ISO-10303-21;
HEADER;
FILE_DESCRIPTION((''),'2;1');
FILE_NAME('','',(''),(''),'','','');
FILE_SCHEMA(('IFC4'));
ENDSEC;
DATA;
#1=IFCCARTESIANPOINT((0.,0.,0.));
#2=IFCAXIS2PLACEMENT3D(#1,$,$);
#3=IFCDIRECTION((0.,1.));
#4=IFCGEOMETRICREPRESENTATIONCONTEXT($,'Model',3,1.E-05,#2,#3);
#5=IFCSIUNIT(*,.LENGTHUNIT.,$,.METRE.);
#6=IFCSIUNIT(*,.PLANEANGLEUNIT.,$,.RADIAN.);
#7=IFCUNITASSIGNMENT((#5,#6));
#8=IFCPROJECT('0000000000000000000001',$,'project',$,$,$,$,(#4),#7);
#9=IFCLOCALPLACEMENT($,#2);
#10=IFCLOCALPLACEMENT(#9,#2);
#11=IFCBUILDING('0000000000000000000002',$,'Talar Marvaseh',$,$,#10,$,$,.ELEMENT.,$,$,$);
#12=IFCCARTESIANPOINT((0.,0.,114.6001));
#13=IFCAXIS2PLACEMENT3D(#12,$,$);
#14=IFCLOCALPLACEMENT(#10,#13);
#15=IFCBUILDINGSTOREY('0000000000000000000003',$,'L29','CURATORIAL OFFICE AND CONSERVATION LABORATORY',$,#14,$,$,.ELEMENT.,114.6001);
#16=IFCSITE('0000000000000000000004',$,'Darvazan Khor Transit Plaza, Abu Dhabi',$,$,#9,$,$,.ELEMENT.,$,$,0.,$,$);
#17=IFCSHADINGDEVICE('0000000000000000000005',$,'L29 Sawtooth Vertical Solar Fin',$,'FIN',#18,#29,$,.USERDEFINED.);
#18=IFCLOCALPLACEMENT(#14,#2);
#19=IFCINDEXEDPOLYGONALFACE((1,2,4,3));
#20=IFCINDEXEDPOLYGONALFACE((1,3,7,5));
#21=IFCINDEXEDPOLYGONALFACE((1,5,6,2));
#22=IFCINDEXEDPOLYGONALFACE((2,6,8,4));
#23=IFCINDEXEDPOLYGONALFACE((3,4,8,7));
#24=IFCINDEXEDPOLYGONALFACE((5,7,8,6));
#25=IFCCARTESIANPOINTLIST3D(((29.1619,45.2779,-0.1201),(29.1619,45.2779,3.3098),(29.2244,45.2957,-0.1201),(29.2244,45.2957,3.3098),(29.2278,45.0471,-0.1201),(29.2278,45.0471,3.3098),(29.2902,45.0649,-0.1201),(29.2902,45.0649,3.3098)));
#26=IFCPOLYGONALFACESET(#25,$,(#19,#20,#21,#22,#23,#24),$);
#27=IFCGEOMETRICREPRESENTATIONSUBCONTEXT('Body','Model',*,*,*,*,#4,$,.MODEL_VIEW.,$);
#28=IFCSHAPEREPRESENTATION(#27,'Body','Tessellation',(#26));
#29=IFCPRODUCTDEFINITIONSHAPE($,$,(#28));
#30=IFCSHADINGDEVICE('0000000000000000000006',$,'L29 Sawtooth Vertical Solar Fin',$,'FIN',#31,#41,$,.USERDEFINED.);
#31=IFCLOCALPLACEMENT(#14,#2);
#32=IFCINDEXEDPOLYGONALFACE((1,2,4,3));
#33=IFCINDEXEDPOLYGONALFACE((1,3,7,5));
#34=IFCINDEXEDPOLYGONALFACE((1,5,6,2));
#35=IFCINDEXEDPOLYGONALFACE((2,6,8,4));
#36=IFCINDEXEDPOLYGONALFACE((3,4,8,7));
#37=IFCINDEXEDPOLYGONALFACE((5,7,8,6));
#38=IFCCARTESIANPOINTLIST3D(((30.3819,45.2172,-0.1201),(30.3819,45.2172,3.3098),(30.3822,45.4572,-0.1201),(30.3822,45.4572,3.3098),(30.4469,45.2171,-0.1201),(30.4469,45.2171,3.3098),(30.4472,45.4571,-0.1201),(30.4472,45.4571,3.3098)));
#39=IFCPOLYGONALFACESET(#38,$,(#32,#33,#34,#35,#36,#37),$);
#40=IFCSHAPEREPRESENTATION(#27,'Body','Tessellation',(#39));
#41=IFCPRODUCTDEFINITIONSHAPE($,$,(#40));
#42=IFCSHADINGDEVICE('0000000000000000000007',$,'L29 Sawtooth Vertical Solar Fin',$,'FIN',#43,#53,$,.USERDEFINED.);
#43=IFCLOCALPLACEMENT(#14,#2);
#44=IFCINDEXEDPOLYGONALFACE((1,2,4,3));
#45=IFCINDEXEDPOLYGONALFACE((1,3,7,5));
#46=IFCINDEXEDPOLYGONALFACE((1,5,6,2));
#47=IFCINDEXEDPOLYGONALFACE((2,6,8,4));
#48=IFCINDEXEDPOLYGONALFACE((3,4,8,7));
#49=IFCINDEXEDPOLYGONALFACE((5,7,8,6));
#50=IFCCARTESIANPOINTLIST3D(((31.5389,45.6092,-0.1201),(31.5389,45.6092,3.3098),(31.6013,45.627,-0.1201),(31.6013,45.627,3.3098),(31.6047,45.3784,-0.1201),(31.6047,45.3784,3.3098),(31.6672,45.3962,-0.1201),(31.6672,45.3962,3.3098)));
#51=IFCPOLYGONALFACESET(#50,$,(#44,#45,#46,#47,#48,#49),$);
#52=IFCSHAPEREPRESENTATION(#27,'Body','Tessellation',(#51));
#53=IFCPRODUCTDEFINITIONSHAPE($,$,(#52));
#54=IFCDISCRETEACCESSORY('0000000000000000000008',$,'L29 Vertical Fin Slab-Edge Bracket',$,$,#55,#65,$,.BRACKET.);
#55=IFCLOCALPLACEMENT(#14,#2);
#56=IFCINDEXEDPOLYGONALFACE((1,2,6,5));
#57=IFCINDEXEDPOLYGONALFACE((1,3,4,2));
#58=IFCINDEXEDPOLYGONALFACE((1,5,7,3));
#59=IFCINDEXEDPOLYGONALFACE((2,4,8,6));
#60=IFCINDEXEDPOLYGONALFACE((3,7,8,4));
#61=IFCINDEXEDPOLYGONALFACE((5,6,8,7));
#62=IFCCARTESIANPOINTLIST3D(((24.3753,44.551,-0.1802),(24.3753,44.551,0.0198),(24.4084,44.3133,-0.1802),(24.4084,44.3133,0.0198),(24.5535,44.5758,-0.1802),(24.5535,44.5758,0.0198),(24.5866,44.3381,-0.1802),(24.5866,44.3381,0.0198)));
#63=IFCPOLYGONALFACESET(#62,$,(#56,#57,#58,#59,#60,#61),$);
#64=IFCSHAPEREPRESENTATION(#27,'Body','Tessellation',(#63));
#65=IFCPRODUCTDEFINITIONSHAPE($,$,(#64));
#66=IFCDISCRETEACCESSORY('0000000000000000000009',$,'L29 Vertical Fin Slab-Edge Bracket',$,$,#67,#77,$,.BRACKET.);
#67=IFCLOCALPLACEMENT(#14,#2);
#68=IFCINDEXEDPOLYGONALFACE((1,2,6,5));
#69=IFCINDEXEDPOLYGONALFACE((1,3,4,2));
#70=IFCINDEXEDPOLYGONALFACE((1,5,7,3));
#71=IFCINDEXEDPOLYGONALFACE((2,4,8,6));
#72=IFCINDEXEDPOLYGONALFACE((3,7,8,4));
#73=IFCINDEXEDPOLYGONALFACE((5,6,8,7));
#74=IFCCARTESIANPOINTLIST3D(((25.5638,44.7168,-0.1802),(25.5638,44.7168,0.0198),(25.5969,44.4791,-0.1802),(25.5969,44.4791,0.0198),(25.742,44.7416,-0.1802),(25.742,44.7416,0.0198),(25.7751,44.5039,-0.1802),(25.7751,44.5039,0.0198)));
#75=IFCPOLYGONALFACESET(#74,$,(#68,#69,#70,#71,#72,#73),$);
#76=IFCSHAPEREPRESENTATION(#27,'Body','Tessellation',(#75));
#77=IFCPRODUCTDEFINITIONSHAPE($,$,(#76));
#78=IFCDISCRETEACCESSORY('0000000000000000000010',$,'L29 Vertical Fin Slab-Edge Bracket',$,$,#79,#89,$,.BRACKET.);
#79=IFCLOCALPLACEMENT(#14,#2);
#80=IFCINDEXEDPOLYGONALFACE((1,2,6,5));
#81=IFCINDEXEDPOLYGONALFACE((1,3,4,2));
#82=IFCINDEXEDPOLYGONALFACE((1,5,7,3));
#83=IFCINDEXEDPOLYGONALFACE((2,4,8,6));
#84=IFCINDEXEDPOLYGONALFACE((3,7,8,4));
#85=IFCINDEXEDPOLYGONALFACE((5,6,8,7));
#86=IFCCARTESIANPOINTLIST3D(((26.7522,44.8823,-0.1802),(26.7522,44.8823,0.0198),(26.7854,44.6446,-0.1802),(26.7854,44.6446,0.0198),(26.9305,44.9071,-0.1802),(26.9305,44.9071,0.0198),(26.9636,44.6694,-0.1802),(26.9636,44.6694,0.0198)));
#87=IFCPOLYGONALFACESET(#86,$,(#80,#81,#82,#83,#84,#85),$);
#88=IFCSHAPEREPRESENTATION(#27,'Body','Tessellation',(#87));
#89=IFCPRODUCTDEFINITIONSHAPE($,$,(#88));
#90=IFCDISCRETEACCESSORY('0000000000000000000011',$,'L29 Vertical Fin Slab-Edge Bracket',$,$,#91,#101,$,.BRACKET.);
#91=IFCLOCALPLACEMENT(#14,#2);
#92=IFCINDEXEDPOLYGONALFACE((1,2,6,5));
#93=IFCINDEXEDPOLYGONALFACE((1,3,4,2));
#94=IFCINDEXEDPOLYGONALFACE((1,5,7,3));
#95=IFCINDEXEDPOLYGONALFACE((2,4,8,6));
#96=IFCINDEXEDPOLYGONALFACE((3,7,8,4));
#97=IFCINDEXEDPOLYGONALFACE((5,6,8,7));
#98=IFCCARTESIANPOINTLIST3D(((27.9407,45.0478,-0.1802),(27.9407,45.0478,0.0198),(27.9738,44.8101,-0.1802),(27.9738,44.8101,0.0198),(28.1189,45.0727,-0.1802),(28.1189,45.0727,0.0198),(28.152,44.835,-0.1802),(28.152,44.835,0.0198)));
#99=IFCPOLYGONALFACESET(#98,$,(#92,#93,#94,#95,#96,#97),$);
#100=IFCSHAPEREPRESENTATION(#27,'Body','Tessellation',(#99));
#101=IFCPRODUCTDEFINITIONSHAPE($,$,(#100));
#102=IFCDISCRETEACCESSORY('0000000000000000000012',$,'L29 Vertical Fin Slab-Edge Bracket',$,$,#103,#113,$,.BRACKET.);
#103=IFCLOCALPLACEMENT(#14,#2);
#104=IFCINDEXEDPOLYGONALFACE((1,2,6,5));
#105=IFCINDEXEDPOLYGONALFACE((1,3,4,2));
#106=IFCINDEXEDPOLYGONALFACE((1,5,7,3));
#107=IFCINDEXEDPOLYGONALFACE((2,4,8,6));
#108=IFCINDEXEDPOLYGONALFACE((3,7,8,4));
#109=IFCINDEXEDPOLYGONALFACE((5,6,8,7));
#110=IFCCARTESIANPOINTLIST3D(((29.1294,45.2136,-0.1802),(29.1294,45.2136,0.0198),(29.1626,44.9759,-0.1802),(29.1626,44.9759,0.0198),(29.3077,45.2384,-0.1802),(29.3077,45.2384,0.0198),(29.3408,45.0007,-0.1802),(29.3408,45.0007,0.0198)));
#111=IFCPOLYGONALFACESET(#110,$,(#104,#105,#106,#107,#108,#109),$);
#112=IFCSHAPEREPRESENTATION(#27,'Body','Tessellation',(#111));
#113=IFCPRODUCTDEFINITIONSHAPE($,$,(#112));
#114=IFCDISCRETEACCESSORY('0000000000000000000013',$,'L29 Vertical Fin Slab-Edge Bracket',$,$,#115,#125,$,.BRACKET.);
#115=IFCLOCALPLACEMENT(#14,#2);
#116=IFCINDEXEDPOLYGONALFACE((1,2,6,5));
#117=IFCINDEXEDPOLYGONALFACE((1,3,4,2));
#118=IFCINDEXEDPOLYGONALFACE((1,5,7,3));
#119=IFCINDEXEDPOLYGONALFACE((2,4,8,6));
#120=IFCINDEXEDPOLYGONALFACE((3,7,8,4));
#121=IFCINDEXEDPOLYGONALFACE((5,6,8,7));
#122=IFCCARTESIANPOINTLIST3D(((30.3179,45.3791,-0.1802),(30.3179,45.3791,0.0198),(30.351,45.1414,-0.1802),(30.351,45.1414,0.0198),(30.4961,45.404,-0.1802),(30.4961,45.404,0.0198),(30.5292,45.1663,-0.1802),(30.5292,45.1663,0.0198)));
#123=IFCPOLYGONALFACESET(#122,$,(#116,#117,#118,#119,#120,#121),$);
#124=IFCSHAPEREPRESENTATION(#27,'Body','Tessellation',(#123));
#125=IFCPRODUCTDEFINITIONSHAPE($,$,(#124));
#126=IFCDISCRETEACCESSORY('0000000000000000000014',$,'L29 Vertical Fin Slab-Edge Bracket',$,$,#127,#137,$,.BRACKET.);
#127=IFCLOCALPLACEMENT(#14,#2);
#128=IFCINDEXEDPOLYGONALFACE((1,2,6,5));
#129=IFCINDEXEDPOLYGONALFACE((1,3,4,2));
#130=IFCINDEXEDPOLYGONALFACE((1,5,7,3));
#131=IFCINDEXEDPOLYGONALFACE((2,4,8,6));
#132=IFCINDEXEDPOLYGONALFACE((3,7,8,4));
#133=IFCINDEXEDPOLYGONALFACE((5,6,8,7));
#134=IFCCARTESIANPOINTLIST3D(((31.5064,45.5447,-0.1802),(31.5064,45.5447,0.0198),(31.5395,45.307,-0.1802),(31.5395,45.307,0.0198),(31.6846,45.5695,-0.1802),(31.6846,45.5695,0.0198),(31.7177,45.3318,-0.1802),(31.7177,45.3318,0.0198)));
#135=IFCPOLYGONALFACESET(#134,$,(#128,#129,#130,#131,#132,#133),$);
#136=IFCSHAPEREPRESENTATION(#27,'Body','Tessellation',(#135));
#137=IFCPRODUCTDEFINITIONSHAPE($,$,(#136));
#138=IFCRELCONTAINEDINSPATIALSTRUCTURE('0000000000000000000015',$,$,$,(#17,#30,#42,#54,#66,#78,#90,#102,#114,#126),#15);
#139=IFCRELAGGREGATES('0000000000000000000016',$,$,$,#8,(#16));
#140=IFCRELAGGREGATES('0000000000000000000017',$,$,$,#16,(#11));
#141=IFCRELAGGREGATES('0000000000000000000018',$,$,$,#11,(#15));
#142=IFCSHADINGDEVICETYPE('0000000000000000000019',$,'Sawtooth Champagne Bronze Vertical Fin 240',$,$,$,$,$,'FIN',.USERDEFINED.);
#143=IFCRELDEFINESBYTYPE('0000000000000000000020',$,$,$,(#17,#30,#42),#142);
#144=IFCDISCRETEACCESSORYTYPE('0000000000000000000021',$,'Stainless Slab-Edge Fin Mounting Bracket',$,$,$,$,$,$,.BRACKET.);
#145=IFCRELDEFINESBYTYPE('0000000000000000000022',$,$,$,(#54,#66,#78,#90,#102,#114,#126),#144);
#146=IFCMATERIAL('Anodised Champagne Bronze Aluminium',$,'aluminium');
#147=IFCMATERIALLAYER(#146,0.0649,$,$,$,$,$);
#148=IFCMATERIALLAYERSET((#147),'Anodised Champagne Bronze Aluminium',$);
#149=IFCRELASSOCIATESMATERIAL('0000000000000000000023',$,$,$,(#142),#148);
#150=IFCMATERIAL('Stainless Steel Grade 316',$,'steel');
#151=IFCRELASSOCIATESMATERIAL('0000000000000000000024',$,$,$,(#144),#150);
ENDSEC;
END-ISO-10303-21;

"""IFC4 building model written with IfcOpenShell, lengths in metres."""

from ifc_helpers import new_model, si_unit, direction, frame, origin, origin_2d, place, context, subcontext, project, spatial, rectangle, extrude, source, transform, mapped, material, layer, layer_set, type_object, type_shapes, element, save


model = new_model("IFC4")

# Units and contexts
model_context = context("Model", 3, precision=1e-05, world=origin(), true_north=direction((0.0, 1.0)))
body_context = subcontext(model_context, "Body", "Model", "MODEL_VIEW")
ifc_project = project(units=[si_unit("LENGTHUNIT", "METRE"), si_unit("PLANEANGLEUNIT", "RADIAN")], contexts=[model_context])

# Site, building, storey
site_placement = place(None, origin())
site = spatial("IfcSite", under=ifc_project, at=site_placement, Name="Darvazan Khor Transit Plaza, Abu Dhabi", CompositionType="ELEMENT", RefElevation=0.0)
building_placement = place(site_placement, origin())
building = spatial("IfcBuilding", under=site, at=building_placement, Name="Talar Marvaseh", CompositionType="ELEMENT")
storey_placement = place(building_placement, frame((0.0, 0.0, 114.6001)))
storey = spatial("IfcBuildingStorey", under=building, at=storey_placement, Name="L29", Description="CURATORIAL OFFICE AND CONSERVATION LABORATORY", CompositionType="ELEMENT", Elevation=114.6001)

# Shading devices
ifc_material_1 = material(Name="Anodised Champagne Bronze Aluminium", Category="aluminium")
ifc_layer_1 = layer(ifc_material_1, 0.0649)
ifc_layer_set_1 = layer_set([ifc_layer_1], Name="Anodised Champagne Bronze Aluminium")
shading_device_type = type_object("IfcShadingDeviceType", Name="Sawtooth Champagne Bronze Vertical Fin 240", ElementType="FIN", PredefinedType="USERDEFINED", material=ifc_layer_set_1)
shared_shape_1 = source(origin(), body_context, "Body", "SweptSolid", [
    extrude(rectangle(XDim=0.24, YDim=0.0649, at=origin_2d()), origin(), (0.0, 0.0, 1.0), 3.4299),
])
type_shapes(shading_device_type, [shared_shape_1])
for number, where, z_axis, x_axis, name in (
    (1, (29.2261, 45.1714, -0.1201), (0.0, 0.0, 1.0), (-0.274463, 0.961598, 0.0), "L29 Sawtooth Vertical Solar Fin"),
    (2, (30.4146, 45.3372, -0.1201), (0.0, 0.0, 1.0), (0.001222, 0.999999, 0.0), "L29 Sawtooth Vertical Solar Fin"),
    (3, (31.603, 45.5027, -0.1201), (0.0, 0.0, 1.0), (-0.274463, 0.961598, 0.0), "L29 Sawtooth Vertical Solar Fin"),
):
    element("IfcShadingDevice", number, at=place(storey_placement, frame(where, z_axis=z_axis, x_axis=x_axis)), inside=storey, type_object=shading_device_type, Name=name, ObjectType="FIN", PredefinedType="USERDEFINED", context=body_context, shape_type="MappedRepresentation", body=[
        mapped(shared_shape_1, transform((0.0, 0.0, 0.0), x_axis=(1.0, 0.0, 0.0), y_axis=(0.0, 1.0, 0.0), z_axis=(0.0, 0.0, 1.0), scale=1.0)),
    ])

# Discrete accessories
ifc_material_2 = material(Name="Stainless Steel Grade 316", Category="steel")
discrete_accessory_type = type_object("IfcDiscreteAccessoryType", Name="Stainless Slab-Edge Fin Mounting Bracket", PredefinedType="BRACKET", material=ifc_material_2)
shared_shape_2 = source(origin(), body_context, "Body", "SweptSolid", [
    extrude(rectangle(XDim=0.24, YDim=0.1799, at=origin_2d()), origin(), (0.0, 0.0, 1.0), 0.2),
])
type_shapes(discrete_accessory_type, [shared_shape_2])
for number, where, z_axis, x_axis, name in (
    (4, (24.481, 44.4446, -0.1802), (0.0, 0.0, 1.0), (-0.137963, 0.990437, 0.0), "L29 Vertical Fin Slab-Edge Bracket"),
    (5, (25.6694, 44.6104, -0.1802), (0.0, 0.0, 1.0), (-0.137963, 0.990437, 0.0), "L29 Vertical Fin Slab-Edge Bracket"),
    (6, (26.8579, 44.7759, -0.1802), (0.0, 0.0, 1.0), (-0.137963, 0.990437, 0.0), "L29 Vertical Fin Slab-Edge Bracket"),
    (7, (28.0464, 44.9414, -0.1802), (0.0, 0.0, 1.0), (-0.137963, 0.990437, 0.0), "L29 Vertical Fin Slab-Edge Bracket"),
    (8, (29.2351, 45.1072, -0.1802), (0.0, 0.0, 1.0), (-0.137963, 0.990437, 0.0), "L29 Vertical Fin Slab-Edge Bracket"),
    (9, (30.4236, 45.2727, -0.1802), (0.0, 0.0, 1.0), (-0.137963, 0.990437, 0.0), "L29 Vertical Fin Slab-Edge Bracket"),
    (10, (31.6121, 45.4382, -0.1802), (0.0, 0.0, 1.0), (-0.137963, 0.990437, 0.0), "L29 Vertical Fin Slab-Edge Bracket"),
):
    element("IfcDiscreteAccessory", number, at=place(storey_placement, frame(where, z_axis=z_axis, x_axis=x_axis)), inside=storey, type_object=discrete_accessory_type, Name=name, PredefinedType="BRACKET", context=body_context, shape_type="MappedRepresentation", body=[
        mapped(shared_shape_2, transform((0.0, 0.0, 0.0), x_axis=(1.0, 0.0, 0.0), y_axis=(0.0, 1.0, 0.0), z_axis=(0.0, 0.0, 1.0), scale=1.0)),
    ])

save(model, "model.ifc")
